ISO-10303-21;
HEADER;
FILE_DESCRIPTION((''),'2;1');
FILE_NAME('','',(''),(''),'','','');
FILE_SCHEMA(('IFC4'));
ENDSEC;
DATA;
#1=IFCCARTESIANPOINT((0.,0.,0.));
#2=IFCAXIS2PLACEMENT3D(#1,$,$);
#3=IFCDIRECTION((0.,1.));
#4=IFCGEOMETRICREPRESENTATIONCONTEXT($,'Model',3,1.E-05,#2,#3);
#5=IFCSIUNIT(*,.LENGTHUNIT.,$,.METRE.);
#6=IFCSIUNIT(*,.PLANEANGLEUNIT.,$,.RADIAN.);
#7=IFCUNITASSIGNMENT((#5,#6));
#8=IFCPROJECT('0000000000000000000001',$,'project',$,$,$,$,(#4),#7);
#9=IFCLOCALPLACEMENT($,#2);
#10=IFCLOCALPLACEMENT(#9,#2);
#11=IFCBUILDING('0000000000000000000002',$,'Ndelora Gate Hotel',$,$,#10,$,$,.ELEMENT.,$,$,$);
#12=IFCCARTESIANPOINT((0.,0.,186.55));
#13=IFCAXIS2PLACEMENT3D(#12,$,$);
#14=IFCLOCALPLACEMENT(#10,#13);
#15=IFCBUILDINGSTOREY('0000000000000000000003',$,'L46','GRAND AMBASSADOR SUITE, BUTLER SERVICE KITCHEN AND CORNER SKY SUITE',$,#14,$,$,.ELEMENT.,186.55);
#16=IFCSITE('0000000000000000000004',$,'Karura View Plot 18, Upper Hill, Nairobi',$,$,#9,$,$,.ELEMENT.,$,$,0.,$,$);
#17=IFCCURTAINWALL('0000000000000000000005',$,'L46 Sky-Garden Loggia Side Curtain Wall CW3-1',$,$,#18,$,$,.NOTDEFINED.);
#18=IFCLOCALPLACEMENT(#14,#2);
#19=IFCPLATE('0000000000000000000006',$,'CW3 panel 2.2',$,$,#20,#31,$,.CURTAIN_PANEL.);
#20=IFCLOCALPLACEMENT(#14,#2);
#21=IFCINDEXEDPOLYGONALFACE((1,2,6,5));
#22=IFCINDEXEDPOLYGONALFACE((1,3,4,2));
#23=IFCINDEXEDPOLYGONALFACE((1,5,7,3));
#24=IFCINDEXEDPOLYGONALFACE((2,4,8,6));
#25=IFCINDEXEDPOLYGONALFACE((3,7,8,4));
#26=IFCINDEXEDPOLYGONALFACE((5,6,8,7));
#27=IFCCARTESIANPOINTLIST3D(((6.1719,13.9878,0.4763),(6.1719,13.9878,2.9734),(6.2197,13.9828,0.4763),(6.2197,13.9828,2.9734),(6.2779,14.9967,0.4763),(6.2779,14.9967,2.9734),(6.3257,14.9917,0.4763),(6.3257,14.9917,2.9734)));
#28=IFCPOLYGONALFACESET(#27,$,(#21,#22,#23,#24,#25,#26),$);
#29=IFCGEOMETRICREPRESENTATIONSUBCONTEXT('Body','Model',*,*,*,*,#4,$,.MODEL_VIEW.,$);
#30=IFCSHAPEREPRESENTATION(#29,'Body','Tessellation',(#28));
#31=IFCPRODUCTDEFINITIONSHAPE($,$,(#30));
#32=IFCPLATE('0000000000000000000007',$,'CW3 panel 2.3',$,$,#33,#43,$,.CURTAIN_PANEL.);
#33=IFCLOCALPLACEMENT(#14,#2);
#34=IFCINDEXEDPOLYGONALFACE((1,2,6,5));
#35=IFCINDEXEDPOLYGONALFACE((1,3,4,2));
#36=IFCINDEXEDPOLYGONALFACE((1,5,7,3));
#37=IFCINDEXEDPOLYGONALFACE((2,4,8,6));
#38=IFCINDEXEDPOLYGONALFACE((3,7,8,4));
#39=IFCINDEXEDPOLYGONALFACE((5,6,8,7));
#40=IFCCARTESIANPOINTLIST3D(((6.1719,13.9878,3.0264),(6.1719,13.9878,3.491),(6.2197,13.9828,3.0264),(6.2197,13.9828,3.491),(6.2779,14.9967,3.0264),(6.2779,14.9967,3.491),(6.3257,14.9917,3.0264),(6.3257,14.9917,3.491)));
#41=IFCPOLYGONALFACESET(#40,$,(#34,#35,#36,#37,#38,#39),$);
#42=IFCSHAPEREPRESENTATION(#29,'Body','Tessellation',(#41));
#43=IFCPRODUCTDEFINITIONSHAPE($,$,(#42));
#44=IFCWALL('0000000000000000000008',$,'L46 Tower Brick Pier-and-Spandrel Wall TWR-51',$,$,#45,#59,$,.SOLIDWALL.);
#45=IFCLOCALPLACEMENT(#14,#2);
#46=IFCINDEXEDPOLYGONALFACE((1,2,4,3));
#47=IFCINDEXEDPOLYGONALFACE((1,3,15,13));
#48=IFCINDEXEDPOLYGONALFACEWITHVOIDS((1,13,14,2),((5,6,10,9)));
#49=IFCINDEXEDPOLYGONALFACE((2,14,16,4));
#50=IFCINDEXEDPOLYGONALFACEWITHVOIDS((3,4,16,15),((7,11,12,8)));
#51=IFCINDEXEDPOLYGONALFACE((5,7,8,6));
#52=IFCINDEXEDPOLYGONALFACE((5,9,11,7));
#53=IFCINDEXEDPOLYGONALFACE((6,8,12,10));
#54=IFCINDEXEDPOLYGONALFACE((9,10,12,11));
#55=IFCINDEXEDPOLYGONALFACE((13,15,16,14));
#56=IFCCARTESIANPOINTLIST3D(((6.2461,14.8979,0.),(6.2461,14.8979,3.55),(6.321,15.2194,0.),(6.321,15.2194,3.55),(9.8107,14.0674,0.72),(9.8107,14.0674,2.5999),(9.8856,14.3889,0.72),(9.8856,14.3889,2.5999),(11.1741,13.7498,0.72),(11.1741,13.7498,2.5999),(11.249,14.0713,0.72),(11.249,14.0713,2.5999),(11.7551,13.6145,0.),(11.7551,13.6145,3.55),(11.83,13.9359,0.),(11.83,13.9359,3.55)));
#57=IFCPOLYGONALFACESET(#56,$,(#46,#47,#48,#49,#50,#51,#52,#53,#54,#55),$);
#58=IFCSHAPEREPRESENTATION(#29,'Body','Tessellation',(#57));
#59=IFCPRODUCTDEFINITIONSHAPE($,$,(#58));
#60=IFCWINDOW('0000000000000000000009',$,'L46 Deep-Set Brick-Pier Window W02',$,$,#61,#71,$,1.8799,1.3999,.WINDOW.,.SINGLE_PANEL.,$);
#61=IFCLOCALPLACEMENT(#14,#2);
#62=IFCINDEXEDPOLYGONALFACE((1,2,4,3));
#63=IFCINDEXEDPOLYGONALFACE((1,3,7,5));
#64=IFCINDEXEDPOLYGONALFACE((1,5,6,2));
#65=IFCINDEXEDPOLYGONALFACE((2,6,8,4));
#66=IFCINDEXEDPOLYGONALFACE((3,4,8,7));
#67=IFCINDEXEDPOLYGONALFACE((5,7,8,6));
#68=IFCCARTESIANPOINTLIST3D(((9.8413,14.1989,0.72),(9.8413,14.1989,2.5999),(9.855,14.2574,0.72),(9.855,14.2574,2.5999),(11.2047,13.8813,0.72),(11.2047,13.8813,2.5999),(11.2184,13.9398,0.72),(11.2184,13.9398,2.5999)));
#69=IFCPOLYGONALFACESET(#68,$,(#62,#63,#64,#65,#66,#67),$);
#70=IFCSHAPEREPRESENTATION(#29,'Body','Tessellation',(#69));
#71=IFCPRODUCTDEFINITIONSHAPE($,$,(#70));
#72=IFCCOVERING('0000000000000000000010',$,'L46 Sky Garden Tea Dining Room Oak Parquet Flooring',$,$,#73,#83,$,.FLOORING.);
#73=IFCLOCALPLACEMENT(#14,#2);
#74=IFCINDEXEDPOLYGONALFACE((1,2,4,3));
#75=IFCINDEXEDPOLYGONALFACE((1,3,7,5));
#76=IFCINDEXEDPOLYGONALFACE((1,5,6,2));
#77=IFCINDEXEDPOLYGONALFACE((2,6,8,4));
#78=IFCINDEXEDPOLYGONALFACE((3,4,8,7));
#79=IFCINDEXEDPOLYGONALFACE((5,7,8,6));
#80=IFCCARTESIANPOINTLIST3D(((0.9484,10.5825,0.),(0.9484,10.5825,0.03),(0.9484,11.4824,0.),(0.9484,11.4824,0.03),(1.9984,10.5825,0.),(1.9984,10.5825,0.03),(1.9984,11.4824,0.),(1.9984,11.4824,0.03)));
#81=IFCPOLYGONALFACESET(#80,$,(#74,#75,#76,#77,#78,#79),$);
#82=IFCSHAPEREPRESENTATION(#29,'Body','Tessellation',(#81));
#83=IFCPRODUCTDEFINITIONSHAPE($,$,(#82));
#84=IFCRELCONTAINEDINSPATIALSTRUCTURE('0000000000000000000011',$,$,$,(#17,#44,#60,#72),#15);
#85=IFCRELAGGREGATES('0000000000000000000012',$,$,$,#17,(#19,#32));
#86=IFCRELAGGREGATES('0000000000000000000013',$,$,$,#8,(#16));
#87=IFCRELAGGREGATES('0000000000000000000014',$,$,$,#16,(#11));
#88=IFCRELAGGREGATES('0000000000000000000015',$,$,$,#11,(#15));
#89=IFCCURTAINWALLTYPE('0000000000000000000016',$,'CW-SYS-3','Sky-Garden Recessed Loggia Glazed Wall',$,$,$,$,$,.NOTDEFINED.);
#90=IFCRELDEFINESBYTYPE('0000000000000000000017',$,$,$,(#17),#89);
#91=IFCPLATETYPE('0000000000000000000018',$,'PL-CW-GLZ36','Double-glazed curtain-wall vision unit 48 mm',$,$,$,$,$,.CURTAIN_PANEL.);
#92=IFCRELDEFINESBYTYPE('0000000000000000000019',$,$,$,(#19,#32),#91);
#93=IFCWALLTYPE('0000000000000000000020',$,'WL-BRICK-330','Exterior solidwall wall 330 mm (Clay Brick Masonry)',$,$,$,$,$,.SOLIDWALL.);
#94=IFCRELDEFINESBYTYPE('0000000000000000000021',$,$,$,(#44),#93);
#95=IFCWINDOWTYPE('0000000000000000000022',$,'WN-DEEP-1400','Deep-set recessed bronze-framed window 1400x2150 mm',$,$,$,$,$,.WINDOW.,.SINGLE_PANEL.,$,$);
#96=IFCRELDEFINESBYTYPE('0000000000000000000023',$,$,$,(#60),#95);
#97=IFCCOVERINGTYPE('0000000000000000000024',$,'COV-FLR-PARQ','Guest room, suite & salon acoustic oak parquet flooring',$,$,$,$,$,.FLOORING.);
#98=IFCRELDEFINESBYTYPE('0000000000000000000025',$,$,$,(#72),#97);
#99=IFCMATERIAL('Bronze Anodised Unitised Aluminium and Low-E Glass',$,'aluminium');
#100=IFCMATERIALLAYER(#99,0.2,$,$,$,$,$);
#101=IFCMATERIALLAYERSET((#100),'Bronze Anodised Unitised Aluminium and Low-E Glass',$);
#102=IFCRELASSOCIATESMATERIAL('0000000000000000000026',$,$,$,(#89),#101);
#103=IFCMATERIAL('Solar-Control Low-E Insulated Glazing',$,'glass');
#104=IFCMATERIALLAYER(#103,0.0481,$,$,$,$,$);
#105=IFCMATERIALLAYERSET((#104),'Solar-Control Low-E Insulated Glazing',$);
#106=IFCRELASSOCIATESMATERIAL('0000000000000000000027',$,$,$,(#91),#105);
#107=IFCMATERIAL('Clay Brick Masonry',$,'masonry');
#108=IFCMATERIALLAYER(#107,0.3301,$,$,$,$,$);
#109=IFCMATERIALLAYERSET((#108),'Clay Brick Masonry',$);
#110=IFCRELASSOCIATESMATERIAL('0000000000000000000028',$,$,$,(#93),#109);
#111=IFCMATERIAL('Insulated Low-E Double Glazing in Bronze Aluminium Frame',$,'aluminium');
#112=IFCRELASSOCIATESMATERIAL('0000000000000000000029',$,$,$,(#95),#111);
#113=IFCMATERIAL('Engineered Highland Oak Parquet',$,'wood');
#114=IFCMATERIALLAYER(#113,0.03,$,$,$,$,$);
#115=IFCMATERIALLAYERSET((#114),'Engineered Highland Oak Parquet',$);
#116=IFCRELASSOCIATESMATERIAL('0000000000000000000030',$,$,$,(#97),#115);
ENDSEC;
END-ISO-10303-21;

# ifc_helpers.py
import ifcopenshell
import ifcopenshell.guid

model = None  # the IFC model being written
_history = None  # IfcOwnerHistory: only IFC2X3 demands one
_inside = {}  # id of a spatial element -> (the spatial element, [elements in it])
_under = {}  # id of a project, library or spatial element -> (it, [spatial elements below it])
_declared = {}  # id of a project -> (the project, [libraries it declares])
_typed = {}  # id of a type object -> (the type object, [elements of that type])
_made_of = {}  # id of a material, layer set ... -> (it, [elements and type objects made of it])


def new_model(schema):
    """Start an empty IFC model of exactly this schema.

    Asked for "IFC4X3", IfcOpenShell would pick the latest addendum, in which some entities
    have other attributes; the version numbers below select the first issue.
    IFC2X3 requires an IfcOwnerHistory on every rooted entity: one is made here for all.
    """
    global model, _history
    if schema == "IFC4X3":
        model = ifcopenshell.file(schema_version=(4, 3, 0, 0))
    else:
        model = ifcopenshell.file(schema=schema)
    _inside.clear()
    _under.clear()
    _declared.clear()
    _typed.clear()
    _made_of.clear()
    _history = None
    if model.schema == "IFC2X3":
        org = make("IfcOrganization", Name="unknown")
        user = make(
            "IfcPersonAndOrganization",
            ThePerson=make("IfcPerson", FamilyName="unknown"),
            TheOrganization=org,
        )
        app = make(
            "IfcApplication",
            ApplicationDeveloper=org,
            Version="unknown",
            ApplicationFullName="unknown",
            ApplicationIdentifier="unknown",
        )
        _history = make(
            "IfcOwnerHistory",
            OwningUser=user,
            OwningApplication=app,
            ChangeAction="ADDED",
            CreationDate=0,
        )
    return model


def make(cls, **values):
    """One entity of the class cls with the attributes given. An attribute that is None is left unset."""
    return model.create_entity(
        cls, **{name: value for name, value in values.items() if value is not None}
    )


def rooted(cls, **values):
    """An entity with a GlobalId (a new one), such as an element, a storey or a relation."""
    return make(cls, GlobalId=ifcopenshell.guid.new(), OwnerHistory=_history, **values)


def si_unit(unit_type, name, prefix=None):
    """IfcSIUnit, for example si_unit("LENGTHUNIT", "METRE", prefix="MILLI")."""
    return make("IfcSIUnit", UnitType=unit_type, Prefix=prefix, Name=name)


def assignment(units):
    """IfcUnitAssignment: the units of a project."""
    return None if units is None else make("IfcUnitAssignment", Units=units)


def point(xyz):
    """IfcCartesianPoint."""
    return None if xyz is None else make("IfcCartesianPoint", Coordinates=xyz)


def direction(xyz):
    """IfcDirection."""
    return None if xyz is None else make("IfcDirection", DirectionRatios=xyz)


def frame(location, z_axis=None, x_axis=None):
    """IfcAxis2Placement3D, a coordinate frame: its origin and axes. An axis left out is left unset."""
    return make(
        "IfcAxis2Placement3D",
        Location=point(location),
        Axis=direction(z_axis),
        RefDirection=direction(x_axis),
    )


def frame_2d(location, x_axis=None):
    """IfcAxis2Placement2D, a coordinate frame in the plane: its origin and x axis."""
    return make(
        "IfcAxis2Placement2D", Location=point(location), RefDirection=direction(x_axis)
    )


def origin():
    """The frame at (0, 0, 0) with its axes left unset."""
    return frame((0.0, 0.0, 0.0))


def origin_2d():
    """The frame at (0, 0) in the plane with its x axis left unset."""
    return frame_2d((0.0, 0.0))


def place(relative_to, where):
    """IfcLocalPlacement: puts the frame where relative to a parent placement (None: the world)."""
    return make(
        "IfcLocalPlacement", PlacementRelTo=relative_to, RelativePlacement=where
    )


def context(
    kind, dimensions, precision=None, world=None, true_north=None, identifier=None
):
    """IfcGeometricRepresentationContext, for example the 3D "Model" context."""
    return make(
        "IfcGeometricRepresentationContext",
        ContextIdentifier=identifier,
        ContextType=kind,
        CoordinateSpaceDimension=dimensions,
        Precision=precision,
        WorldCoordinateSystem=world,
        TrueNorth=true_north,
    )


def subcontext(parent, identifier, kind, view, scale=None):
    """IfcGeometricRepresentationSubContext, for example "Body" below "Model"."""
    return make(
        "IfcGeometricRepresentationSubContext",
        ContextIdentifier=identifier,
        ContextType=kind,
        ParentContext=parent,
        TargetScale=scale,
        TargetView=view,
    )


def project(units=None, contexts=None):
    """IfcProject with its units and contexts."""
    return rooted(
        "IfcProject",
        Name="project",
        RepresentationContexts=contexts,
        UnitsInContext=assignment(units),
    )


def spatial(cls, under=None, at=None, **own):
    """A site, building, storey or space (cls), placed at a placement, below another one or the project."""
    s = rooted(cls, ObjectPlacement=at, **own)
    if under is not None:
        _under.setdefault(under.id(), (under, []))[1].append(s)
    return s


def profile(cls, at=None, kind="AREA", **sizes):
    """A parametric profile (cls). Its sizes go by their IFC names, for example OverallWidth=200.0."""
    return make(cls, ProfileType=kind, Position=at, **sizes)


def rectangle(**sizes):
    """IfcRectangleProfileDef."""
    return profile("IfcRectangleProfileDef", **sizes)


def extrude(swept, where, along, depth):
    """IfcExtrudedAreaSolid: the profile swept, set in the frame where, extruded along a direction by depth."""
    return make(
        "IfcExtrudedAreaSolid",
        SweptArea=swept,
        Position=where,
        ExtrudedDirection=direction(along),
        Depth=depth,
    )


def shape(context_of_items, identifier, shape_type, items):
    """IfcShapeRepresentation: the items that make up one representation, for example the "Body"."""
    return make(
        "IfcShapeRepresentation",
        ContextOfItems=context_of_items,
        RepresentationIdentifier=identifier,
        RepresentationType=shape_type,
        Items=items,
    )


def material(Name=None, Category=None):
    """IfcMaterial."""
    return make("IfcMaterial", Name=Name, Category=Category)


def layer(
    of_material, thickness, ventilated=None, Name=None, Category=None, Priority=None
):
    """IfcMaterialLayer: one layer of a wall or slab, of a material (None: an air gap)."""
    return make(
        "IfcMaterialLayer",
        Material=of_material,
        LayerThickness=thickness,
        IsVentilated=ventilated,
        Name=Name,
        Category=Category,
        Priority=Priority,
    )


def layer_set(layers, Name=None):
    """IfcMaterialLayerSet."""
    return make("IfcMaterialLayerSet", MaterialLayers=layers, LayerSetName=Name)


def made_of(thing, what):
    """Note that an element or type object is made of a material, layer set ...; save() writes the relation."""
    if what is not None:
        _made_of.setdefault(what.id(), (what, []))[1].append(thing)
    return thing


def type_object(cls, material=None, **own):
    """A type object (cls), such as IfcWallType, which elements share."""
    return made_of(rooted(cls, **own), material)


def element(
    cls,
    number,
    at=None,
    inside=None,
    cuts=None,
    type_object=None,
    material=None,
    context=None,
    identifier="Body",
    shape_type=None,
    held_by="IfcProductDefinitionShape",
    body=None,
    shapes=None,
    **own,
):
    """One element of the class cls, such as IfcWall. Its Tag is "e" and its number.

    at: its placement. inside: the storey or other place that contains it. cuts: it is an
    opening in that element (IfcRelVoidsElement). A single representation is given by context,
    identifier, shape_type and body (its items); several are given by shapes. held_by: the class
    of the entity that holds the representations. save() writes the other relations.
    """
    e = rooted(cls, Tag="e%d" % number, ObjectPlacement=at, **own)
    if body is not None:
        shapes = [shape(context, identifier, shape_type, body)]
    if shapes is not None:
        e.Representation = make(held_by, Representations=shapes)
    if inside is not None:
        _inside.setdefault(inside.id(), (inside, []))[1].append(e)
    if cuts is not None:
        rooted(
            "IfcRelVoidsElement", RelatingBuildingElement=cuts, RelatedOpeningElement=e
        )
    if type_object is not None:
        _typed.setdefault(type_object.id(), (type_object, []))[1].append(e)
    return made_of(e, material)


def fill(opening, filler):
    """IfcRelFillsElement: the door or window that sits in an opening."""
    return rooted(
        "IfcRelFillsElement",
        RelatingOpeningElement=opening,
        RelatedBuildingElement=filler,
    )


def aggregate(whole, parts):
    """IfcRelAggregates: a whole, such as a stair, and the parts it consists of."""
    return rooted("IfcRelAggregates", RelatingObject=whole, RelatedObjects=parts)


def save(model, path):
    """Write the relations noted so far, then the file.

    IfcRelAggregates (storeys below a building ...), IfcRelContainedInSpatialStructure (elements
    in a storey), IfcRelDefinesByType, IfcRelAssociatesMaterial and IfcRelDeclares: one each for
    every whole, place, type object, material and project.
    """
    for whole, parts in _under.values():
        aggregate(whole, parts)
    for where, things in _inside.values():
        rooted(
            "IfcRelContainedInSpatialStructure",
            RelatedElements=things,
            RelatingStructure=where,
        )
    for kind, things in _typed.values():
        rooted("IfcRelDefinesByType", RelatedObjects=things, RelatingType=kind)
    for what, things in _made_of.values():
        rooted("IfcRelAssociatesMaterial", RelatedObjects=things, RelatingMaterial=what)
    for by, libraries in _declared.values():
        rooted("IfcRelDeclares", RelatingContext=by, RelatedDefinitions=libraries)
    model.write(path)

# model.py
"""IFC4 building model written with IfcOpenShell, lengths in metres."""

from ifc_helpers import new_model, si_unit, direction, frame, frame_2d, origin, origin_2d, place, context, subcontext, project, spatial, rectangle, extrude, material, layer, layer_set, type_object, element, fill, aggregate, save


model = new_model("IFC4")

# Units and contexts
model_context = context("Model", 3, precision=1e-05, world=origin(), true_north=direction((0.0, 1.0)))
body_context = subcontext(model_context, "Body", "Model", "MODEL_VIEW")
ifc_project = project(units=[si_unit("LENGTHUNIT", "METRE"), si_unit("PLANEANGLEUNIT", "RADIAN")], contexts=[model_context])

# Site, building, storey
site_placement = place(None, origin())
site = spatial("IfcSite", under=ifc_project, at=site_placement, Name="Karura View Plot 18, Upper Hill, Nairobi", CompositionType="ELEMENT", RefElevation=0.0)
building_placement = place(site_placement, origin())
building = spatial("IfcBuilding", under=site, at=building_placement, Name="Ndelora Gate Hotel", CompositionType="ELEMENT")
storey_placement = place(building_placement, frame((0.0, 0.0, 186.55)))
storey = spatial("IfcBuildingStorey", under=building, at=storey_placement, Name="L46", Description="GRAND AMBASSADOR SUITE, BUTLER SERVICE KITCHEN AND CORNER SKY SUITE", CompositionType="ELEMENT", Elevation=186.55)

# Curtain wall, plates
ifc_material_1 = material(Name="Bronze Anodised Unitised Aluminium and Low-E Glass", Category="aluminium")
ifc_layer_1 = layer(ifc_material_1, 0.2)
ifc_layer_set_1 = layer_set([ifc_layer_1], Name="Bronze Anodised Unitised Aluminium and Low-E Glass")
curtain_wall_type = type_object("IfcCurtainWallType", Name="CW-SYS-3", Description="Sky-Garden Recessed Loggia Glazed Wall", PredefinedType="NOTDEFINED", material=ifc_layer_set_1)
curtain_wall_placement = place(storey_placement, origin())
curtain_wall = element("IfcCurtainWall", 1, at=curtain_wall_placement, inside=storey, type_object=curtain_wall_type, Name="L46 Sky-Garden Loggia Side Curtain Wall CW3-1", PredefinedType="NOTDEFINED")
ifc_material_2 = material(Name="Solar-Control Low-E Insulated Glazing", Category="glass")
ifc_layer_2 = layer(ifc_material_2, 0.0481)
ifc_layer_set_2 = layer_set([ifc_layer_2], Name="Solar-Control Low-E Insulated Glazing")
plate_type = type_object("IfcPlateType", Name="PL-CW-GLZ36", Description="Double-glazed curtain-wall vision unit 48 mm", PredefinedType="CURTAIN_PANEL", material=ifc_layer_set_2)
plate_1_placement = place(storey_placement, frame((6.2488, 14.4897, 0.4763), z_axis=(0.0, 0.0, 1.0), x_axis=(0.104498, 0.994525, 0.0)))
plate_1 = element("IfcPlate", 2, at=plate_1_placement, type_object=plate_type, Name="CW3 panel 2.2", PredefinedType="CURTAIN_PANEL", context=body_context, shape_type="SweptSolid", body=[
    extrude(rectangle(XDim=1.0144, YDim=0.0481, at=origin_2d()), origin(), (0.0, 0.0, 1.0), 2.4971),
])
plate_2_placement = place(storey_placement, frame((6.2488, 14.4897, 3.0264), z_axis=(0.0, 0.0, 1.0), x_axis=(0.104498, 0.994525, 0.0)))
plate_2 = element("IfcPlate", 3, at=plate_2_placement, type_object=plate_type, Name="CW3 panel 2.3", PredefinedType="CURTAIN_PANEL", context=body_context, shape_type="SweptSolid", body=[
    extrude(rectangle(XDim=1.0144, YDim=0.0481, at=origin_2d()), origin(), (0.0, 0.0, 1.0), 0.4646),
])
aggregate(curtain_wall, [plate_1, plate_2])

# Wall, opening, window
ifc_material_3 = material(Name="Clay Brick Masonry", Category="masonry")
ifc_layer_3 = layer(ifc_material_3, 0.3301)
ifc_layer_set_3 = layer_set([ifc_layer_3], Name="Clay Brick Masonry")
wall_type = type_object("IfcWallType", Name="WL-BRICK-330", Description="Exterior solidwall wall 330 mm (Clay Brick Masonry)", PredefinedType="SOLIDWALL", material=ifc_layer_set_3)
wall_placement = place(storey_placement, frame((6.2837, 15.0586, 0.0), z_axis=(0.0, 0.0, 1.0), x_axis=(0.973919, -0.226895, 0.0)))
wall = element("IfcWall", 4, at=wall_placement, inside=storey, type_object=wall_type, Name="L46 Tower Brick Pier-and-Spandrel Wall TWR-51", PredefinedType="SOLIDWALL", context=body_context, shape_type="SweptSolid", body=[
    extrude(rectangle(XDim=5.6565, YDim=0.3301, at=frame_2d((2.8281, 0.0))), origin(), (0.0, 0.0, 1.0), 3.55),
])
opening_placement = place(wall_placement, frame((3.6599, 0.0, 0.72)))
opening = element("IfcOpeningElement", 5, at=opening_placement, cuts=wall, PredefinedType="OPENING", context=body_context, shape_type="SweptSolid", body=[
    extrude(rectangle(XDim=1.3999, YDim=1.8799, at=frame_2d((0.7, 0.9399))), frame((0.0, 0.175, 0.0), z_axis=(0.0, -1.0, 0.0), x_axis=(1.0, 0.0, 0.0)), (0.0, 0.0, 1.0), 0.3501),
])
ifc_material_4 = material(Name="Insulated Low-E Double Glazing in Bronze Aluminium Frame", Category="aluminium")
window_type = type_object("IfcWindowType", Name="WN-DEEP-1400", Description="Deep-set recessed bronze-framed window 1400x2150 mm", PartitioningType="SINGLE_PANEL", PredefinedType="WINDOW", material=ifc_material_4)
window_placement = place(opening_placement, origin())
window = element("IfcWindow", 6, at=window_placement, inside=storey, type_object=window_type, Name="L46 Deep-Set Brick-Pier Window W02", OverallHeight=1.8799, OverallWidth=1.3999, PartitioningType="SINGLE_PANEL", PredefinedType="WINDOW", context=body_context, shape_type="SweptSolid", body=[
    extrude(rectangle(XDim=1.3999, YDim=1.8799, at=frame_2d((0.7, 0.9399))), frame((0.0, 0.03, 0.0), z_axis=(0.0, -1.0, 0.0), x_axis=(1.0, 0.0, 0.0)), (0.0, 0.0, 1.0), 0.0601),
])
fill(opening, window)

# Covering
ifc_material_5 = material(Name="Engineered Highland Oak Parquet", Category="wood")
ifc_layer_4 = layer(ifc_material_5, 0.03)
ifc_layer_set_4 = layer_set([ifc_layer_4], Name="Engineered Highland Oak Parquet")
covering_type = type_object("IfcCoveringType", Name="COV-FLR-PARQ", Description="Guest room, suite & salon acoustic oak parquet flooring", PredefinedType="FLOORING", material=ifc_layer_set_4)
covering_placement = place(storey_placement, frame((1.4734, 11.0325, 0.0), z_axis=(0.0, 0.0, 1.0), x_axis=(1.0, 0.0, 0.0)))
element("IfcCovering", 7, at=covering_placement, inside=storey, type_object=covering_type, Name="L46 Sky Garden Tea Dining Room Oak Parquet Flooring", PredefinedType="FLOORING", context=body_context, shape_type="SweptSolid", body=[
    extrude(rectangle(XDim=1.05, YDim=0.8999, at=origin_2d()), origin(), (0.0, 0.0, 1.0), 0.03),
])

save(model, "model.ifc")
